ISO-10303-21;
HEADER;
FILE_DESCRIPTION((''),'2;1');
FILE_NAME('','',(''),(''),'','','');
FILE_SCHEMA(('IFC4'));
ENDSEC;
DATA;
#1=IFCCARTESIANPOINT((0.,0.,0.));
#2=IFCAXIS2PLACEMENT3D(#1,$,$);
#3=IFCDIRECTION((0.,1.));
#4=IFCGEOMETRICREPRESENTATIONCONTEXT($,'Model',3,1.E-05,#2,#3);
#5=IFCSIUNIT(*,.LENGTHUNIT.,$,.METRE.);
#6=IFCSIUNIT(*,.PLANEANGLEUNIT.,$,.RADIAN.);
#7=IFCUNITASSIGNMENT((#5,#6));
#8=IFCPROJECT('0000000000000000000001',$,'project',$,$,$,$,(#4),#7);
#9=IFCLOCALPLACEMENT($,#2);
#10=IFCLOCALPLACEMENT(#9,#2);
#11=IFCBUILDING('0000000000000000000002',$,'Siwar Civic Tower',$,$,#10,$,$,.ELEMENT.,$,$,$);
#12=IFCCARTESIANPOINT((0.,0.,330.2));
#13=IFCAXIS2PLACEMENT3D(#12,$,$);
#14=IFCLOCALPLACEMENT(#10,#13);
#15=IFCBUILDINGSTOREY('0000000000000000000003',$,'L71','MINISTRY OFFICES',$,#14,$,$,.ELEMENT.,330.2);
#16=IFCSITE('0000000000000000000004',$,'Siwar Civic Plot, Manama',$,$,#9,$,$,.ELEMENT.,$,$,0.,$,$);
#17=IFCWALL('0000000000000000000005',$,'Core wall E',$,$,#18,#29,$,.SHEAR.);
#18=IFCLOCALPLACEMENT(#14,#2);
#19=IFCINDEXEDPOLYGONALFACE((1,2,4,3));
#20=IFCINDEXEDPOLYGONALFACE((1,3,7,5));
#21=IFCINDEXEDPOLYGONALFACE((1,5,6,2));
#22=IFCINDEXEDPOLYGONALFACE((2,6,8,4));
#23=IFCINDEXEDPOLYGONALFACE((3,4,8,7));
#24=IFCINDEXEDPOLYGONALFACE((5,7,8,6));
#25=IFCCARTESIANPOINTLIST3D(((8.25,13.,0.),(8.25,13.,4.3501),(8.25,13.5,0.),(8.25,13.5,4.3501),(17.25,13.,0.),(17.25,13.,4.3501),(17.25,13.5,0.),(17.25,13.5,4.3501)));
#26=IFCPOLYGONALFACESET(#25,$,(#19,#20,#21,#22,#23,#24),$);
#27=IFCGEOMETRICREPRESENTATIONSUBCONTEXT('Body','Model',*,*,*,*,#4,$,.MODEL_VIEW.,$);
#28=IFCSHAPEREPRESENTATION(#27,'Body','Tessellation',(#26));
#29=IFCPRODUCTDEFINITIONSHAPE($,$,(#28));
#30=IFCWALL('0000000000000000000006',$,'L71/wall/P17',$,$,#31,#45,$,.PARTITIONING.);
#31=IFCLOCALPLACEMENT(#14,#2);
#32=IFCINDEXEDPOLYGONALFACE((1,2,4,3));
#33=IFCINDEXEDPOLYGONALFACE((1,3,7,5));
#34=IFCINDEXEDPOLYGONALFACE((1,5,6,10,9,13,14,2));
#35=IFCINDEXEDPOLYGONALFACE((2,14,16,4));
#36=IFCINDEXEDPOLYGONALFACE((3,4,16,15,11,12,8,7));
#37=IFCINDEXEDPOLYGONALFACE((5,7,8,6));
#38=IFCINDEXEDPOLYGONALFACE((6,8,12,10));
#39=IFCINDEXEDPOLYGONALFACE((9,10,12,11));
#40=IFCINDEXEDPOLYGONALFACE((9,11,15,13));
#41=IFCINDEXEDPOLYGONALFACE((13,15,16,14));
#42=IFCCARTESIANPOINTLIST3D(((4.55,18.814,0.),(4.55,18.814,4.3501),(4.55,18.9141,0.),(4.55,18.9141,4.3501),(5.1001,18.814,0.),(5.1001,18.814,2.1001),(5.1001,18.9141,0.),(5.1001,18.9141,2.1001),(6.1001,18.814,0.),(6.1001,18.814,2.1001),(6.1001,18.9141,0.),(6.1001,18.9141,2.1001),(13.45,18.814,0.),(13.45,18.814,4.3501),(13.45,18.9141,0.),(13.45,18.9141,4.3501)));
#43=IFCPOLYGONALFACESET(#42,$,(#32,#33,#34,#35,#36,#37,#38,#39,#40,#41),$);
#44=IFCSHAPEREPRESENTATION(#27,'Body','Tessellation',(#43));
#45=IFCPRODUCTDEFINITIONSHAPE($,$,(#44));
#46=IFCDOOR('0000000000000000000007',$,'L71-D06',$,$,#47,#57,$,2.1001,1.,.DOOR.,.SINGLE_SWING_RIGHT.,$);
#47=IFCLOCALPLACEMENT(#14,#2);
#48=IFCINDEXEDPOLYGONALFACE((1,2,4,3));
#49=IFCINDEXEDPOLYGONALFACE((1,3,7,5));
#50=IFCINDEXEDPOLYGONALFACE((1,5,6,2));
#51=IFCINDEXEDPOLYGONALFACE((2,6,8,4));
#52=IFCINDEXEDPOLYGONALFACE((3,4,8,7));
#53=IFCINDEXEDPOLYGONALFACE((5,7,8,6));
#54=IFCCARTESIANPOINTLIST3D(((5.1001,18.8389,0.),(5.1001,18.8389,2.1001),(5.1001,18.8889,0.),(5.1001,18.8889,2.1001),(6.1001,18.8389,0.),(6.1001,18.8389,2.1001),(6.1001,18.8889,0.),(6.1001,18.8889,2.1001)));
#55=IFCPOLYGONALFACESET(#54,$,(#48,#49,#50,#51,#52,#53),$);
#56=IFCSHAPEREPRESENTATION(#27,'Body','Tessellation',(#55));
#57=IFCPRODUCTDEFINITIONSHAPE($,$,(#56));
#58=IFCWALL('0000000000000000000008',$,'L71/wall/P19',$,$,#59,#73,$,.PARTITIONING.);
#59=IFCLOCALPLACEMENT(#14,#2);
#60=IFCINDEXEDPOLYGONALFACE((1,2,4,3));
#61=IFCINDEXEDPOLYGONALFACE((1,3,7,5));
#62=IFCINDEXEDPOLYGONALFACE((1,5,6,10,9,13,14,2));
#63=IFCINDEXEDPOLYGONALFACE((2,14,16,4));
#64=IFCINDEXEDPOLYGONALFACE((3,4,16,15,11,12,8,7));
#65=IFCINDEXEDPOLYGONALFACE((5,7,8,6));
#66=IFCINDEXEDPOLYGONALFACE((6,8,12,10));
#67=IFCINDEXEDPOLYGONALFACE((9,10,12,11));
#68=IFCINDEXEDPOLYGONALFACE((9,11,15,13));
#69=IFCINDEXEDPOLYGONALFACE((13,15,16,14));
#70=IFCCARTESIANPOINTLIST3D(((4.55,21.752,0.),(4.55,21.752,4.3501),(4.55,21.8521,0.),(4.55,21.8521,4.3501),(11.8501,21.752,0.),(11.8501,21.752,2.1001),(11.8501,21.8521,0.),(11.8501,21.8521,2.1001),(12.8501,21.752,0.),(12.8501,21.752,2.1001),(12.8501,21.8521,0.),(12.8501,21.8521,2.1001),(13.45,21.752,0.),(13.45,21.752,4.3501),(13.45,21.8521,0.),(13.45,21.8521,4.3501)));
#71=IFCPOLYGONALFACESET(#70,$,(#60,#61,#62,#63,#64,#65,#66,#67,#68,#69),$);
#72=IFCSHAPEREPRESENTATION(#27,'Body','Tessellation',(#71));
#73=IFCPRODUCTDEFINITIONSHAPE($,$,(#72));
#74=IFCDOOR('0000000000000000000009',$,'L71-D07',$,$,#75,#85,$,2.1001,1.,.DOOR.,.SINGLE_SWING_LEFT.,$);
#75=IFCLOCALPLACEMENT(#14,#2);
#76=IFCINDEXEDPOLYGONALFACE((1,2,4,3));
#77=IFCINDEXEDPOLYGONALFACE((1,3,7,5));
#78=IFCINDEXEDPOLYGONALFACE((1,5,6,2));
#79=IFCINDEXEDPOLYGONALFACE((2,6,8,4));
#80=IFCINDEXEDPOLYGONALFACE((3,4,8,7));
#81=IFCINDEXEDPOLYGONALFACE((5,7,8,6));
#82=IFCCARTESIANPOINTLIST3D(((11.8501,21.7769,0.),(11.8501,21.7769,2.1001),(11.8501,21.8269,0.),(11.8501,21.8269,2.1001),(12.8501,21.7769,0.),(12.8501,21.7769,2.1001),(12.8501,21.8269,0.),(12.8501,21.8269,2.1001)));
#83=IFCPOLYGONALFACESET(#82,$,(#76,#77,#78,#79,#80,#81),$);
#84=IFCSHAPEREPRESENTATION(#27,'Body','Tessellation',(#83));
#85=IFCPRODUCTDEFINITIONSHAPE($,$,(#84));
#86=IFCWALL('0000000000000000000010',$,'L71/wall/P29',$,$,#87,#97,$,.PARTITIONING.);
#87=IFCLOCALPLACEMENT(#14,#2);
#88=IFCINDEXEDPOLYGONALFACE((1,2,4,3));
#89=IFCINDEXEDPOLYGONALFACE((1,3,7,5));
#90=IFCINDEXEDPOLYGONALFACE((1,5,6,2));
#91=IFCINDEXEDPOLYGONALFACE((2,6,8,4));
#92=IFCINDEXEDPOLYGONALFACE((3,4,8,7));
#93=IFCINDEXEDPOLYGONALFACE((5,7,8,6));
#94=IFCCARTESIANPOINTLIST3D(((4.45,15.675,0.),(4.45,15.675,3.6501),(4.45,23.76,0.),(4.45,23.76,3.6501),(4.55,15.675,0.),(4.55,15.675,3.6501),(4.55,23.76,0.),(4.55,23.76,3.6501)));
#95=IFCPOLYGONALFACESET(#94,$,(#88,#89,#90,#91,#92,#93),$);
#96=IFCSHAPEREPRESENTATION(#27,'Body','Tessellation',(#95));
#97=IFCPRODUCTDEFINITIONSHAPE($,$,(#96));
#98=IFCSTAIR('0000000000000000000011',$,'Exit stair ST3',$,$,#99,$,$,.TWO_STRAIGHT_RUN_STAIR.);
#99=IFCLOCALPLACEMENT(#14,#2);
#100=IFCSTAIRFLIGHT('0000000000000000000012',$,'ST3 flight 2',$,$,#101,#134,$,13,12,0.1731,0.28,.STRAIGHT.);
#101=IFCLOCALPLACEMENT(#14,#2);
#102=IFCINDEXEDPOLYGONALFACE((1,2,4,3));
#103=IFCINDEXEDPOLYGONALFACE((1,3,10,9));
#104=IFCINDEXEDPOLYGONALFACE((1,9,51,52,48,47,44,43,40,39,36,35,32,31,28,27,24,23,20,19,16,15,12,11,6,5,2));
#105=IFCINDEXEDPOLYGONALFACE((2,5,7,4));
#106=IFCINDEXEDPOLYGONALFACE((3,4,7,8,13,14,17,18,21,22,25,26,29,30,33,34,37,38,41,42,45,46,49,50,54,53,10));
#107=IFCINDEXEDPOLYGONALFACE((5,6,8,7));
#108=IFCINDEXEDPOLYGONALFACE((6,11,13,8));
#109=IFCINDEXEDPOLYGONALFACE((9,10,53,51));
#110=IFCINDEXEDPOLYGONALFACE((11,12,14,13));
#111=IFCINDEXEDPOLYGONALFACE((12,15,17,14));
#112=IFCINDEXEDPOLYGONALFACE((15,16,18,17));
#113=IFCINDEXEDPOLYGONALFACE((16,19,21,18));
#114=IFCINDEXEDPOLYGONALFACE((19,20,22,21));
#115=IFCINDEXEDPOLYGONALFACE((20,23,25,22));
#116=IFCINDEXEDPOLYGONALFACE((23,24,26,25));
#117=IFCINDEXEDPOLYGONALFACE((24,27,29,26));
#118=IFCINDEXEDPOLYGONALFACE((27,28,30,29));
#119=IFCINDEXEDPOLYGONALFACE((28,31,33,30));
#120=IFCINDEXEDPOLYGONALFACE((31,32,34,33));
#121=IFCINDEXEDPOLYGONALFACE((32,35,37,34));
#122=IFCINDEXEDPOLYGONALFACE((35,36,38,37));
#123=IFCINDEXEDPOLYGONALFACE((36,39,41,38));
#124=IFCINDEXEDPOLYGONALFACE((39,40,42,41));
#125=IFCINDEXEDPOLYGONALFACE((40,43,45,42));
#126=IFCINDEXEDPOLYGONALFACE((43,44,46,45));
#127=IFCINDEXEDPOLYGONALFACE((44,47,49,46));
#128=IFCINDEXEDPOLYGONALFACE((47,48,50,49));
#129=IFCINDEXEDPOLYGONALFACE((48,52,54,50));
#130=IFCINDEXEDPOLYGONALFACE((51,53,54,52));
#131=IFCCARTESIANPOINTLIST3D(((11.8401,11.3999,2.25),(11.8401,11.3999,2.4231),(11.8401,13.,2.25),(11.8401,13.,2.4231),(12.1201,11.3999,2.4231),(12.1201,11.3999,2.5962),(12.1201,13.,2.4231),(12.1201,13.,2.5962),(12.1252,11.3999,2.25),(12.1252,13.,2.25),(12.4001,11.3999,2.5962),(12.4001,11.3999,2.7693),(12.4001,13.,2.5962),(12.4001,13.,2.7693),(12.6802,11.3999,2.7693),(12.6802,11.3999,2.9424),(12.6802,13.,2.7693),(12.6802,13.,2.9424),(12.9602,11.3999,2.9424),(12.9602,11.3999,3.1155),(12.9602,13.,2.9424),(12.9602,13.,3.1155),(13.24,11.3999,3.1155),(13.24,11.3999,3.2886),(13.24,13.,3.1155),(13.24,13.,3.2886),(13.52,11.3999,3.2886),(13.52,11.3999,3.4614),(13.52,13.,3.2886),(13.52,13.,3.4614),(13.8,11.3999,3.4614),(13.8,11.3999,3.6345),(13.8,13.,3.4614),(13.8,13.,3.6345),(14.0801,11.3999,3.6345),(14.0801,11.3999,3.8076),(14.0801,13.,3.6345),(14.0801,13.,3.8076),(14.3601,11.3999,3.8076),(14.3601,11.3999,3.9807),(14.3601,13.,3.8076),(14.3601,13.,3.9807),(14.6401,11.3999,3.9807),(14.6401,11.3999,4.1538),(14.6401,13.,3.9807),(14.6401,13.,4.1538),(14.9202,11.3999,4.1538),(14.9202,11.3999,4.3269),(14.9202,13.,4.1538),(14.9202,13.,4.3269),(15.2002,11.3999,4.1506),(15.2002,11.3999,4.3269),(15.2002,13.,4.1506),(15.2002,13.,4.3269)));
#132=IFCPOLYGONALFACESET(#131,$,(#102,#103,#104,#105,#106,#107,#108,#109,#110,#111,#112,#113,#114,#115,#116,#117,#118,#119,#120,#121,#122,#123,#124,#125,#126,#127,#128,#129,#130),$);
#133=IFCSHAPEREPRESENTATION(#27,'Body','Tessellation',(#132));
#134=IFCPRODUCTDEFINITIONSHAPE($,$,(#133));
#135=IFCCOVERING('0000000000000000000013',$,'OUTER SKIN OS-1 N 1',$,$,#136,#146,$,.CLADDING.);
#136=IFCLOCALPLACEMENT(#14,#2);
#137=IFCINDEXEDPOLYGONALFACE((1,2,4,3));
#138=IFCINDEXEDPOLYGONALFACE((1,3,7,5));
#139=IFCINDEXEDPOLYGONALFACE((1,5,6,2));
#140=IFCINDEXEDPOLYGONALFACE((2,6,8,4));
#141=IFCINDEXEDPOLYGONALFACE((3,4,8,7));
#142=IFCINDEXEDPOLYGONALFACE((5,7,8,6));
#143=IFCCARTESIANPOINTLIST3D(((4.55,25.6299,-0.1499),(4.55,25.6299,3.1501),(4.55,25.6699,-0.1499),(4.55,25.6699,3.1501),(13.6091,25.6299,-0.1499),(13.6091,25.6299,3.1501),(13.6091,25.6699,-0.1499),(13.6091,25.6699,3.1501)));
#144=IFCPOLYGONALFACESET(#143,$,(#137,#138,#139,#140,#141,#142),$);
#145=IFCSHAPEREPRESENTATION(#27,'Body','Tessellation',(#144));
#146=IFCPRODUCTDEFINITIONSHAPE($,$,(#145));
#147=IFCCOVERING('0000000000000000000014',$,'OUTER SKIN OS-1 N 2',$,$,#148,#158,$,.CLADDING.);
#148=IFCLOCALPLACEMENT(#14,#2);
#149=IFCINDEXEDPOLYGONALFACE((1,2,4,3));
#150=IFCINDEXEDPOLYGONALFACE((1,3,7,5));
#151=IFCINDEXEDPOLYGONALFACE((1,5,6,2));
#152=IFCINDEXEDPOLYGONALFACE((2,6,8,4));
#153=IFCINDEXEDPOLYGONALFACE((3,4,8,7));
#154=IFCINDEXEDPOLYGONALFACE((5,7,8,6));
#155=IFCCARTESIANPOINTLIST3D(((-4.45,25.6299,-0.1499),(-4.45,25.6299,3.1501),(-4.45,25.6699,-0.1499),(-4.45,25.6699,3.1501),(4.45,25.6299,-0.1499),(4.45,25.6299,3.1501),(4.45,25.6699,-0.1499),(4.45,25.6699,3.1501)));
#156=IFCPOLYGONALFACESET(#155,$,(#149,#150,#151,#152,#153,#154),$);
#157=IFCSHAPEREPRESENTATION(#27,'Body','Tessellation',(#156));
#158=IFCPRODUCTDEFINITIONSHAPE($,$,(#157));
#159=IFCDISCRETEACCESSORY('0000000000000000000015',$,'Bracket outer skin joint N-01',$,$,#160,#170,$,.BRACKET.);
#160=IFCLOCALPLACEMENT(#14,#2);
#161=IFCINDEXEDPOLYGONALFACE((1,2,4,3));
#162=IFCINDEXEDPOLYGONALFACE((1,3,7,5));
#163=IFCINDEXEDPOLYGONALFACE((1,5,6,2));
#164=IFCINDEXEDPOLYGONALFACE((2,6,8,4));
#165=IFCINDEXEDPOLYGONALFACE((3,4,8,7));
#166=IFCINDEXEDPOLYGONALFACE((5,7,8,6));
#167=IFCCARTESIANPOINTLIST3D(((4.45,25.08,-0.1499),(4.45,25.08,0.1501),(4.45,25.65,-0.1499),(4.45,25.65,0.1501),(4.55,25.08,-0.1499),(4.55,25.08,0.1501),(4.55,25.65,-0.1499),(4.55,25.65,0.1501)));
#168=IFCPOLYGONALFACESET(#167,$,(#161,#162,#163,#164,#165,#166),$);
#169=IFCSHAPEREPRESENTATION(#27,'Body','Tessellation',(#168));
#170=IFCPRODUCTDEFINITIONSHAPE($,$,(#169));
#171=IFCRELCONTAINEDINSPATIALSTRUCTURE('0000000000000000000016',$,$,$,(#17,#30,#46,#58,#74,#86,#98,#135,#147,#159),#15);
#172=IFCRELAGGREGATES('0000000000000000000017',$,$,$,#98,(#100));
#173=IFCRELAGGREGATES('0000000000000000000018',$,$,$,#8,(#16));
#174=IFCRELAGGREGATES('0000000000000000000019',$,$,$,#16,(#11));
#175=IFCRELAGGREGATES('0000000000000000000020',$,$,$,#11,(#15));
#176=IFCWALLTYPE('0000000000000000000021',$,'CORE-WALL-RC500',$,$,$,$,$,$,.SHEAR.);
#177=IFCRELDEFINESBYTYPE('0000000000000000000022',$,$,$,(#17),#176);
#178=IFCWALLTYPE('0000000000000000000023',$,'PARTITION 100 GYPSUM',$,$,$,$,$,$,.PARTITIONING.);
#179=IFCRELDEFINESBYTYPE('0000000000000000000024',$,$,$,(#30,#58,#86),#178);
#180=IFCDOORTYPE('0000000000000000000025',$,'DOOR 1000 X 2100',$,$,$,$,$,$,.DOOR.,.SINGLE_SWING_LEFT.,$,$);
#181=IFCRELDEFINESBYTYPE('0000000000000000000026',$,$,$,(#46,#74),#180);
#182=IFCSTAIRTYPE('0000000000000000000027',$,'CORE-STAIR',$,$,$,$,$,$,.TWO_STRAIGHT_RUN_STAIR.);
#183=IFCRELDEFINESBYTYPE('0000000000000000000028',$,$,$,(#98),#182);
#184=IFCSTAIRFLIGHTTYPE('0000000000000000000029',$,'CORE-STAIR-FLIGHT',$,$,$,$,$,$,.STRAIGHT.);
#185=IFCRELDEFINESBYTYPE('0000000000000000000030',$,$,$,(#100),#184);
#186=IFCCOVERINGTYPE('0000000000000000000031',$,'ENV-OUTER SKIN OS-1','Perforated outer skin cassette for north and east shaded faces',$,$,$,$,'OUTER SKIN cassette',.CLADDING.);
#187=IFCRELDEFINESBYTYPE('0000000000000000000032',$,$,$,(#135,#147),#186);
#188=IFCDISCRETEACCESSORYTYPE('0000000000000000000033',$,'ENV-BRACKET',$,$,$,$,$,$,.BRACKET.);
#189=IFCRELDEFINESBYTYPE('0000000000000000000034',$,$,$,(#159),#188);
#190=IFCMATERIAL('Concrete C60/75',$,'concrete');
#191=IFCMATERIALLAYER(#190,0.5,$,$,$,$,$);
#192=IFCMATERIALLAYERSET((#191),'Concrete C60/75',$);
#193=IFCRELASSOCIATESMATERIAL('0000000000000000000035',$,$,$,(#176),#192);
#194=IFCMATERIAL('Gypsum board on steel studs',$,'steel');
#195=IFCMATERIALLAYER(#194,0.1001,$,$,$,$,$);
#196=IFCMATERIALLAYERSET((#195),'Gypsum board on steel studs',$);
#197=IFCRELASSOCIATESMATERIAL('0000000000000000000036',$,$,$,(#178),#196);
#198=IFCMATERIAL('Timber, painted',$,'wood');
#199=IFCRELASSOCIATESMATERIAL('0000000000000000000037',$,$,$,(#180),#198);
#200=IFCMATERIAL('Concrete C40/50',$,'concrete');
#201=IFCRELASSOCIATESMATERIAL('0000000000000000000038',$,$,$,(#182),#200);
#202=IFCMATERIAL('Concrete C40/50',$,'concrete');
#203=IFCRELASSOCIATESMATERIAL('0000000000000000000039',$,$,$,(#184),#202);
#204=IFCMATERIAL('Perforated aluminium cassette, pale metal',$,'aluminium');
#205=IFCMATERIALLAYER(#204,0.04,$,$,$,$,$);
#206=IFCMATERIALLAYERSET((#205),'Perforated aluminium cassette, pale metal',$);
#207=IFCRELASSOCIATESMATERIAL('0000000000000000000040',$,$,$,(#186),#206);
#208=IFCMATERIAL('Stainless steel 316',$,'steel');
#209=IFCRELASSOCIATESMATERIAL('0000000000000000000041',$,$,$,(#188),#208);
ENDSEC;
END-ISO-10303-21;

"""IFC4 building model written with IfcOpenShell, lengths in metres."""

from ifc_helpers import new_model, si_unit, direction, frame, frame_2d, origin, origin_2d, place, context, subcontext, project, spatial, polyline, rectangle, outline, extrude, material, layer, layer_set, type_object, element, fill, aggregate, save


model = new_model("IFC4")

# Units and contexts
model_context = context("Model", 3, precision=1e-05, world=origin(), true_north=direction((0.0, 1.0)))
body_context = subcontext(model_context, "Body", "Model", "MODEL_VIEW")
ifc_project = project(units=[si_unit("LENGTHUNIT", "METRE"), si_unit("PLANEANGLEUNIT", "RADIAN")], contexts=[model_context])

# Site, building, storey
site_placement = place(None, origin())
site = spatial("IfcSite", under=ifc_project, at=site_placement, Name="Siwar Civic Plot, Manama", CompositionType="ELEMENT", RefElevation=0.0)
building_placement = place(site_placement, origin())
building = spatial("IfcBuilding", under=site, at=building_placement, Name="Siwar Civic Tower", CompositionType="ELEMENT")
storey_placement = place(building_placement, frame((0.0, 0.0, 330.2)))
storey = spatial("IfcBuildingStorey", under=building, at=storey_placement, Name="L71", Description="MINISTRY OFFICES", CompositionType="ELEMENT", Elevation=330.2)

# Wall
ifc_material_1 = material(Name="Concrete C60/75", Category="concrete")
ifc_layer_1 = layer(ifc_material_1, 0.5)
ifc_layer_set_1 = layer_set([ifc_layer_1], Name="Concrete C60/75")
wall_type_1 = type_object("IfcWallType", Name="CORE-WALL-RC500", PredefinedType="SHEAR", material=ifc_layer_set_1)
wall_1_placement = place(storey_placement, frame((8.25, 13.25, 0.0), z_axis=(0.0, 0.0, 1.0), x_axis=(1.0, 0.0, 0.0)))
element("IfcWall", 1, at=wall_1_placement, inside=storey, type_object=wall_type_1, Name="Core wall E", PredefinedType="SHEAR", context=body_context, shape_type="SweptSolid", body=[
    extrude(rectangle(XDim=9.0, YDim=0.5, at=frame_2d((4.5, 0.0))), origin(), (0.0, 0.0, 1.0), 4.3501),
])

# Walls, openings, doors
ifc_material_2 = material(Name="Gypsum board on steel studs", Category="steel")
ifc_layer_2 = layer(ifc_material_2, 0.1001)
ifc_layer_set_2 = layer_set([ifc_layer_2], Name="Gypsum board on steel studs")
wall_type_2 = type_object("IfcWallType", Name="PARTITION 100 GYPSUM", PredefinedType="PARTITIONING", material=ifc_layer_set_2)
wall_2_placement = place(storey_placement, frame((4.55, 18.864, 0.0), z_axis=(0.0, 0.0, 1.0), x_axis=(1.0, 0.0, 0.0)))
wall_2 = element("IfcWall", 2, at=wall_2_placement, inside=storey, type_object=wall_type_2, Name="L71/wall/P17", PredefinedType="PARTITIONING", context=body_context, shape_type="SweptSolid", body=[
    extrude(rectangle(XDim=8.8999, YDim=0.1001, at=frame_2d((4.45, 0.0))), origin(), (0.0, 0.0, 1.0), 4.3501),
])
opening_1_placement = place(wall_2_placement, frame((0.55, 0.0, 0.0)))
opening_1 = element("IfcOpeningElement", 3, at=opening_1_placement, cuts=wall_2, PredefinedType="OPENING", context=body_context, shape_type="SweptSolid", body=[
    extrude(rectangle(XDim=1.0, YDim=2.1001, at=frame_2d((0.5, 1.05))), frame((0.0, 0.0601, 0.0), z_axis=(0.0, -1.0, 0.0), x_axis=(1.0, 0.0, 0.0)), (0.0, 0.0, 1.0), 0.1201),
])
ifc_material_3 = material(Name="Timber, painted", Category="wood")
door_type_1 = type_object("IfcDoorType", Name="DOOR 1000 X 2100", OperationType="SINGLE_SWING_LEFT", PredefinedType="DOOR", material=ifc_material_3)
door_1_placement = place(opening_1_placement, origin())
door_1 = element("IfcDoor", 4, at=door_1_placement, inside=storey, type_object=door_type_1, Name="L71-D06", OperationType="SINGLE_SWING_RIGHT", OverallHeight=2.1001, OverallWidth=1.0, PredefinedType="DOOR", context=body_context, shape_type="SweptSolid", body=[
    extrude(rectangle(XDim=1.0, YDim=2.1001, at=frame_2d((0.5, 1.05))), frame((0.0, 0.0249, 0.0), z_axis=(0.0, -1.0, 0.0), x_axis=(1.0, 0.0, 0.0)), (0.0, 0.0, 1.0), 0.05),
])
fill(opening_1, door_1)
wall_3_placement = place(storey_placement, frame((4.55, 21.802, 0.0), z_axis=(0.0, 0.0, 1.0), x_axis=(1.0, 0.0, 0.0)))
wall_3 = element("IfcWall", 5, at=wall_3_placement, inside=storey, type_object=wall_type_2, Name="L71/wall/P19", PredefinedType="PARTITIONING", context=body_context, shape_type="SweptSolid", body=[
    extrude(rectangle(XDim=8.8999, YDim=0.1001, at=frame_2d((4.45, 0.0))), origin(), (0.0, 0.0, 1.0), 4.3501),
])
opening_2_placement = place(wall_3_placement, frame((7.3, 0.0, 0.0)))
opening_2 = element("IfcOpeningElement", 6, at=opening_2_placement, cuts=wall_3, PredefinedType="OPENING", context=body_context, shape_type="SweptSolid", body=[
    extrude(rectangle(XDim=1.0, YDim=2.1001, at=frame_2d((0.5, 1.05))), frame((0.0, 0.0601, 0.0), z_axis=(0.0, -1.0, 0.0), x_axis=(1.0, 0.0, 0.0)), (0.0, 0.0, 1.0), 0.1201),
])
door_2_placement = place(opening_2_placement, origin())
door_2 = element("IfcDoor", 7, at=door_2_placement, inside=storey, type_object=door_type_1, Name="L71-D07", OperationType="SINGLE_SWING_LEFT", OverallHeight=2.1001, OverallWidth=1.0, PredefinedType="DOOR", context=body_context, shape_type="SweptSolid", body=[
    extrude(rectangle(XDim=1.0, YDim=2.1001, at=frame_2d((0.5, 1.05))), frame((0.0, 0.0249, 0.0), z_axis=(0.0, -1.0, 0.0), x_axis=(1.0, 0.0, 0.0)), (0.0, 0.0, 1.0), 0.05),
])
fill(opening_2, door_2)

# Wall
wall_4_placement = place(storey_placement, frame((4.5, 15.675, 0.0), z_axis=(0.0, 0.0, 1.0), x_axis=(0.0, 1.0, 0.0)))
element("IfcWall", 8, at=wall_4_placement, inside=storey, type_object=wall_type_2, Name="L71/wall/P29", PredefinedType="PARTITIONING", context=body_context, shape_type="SweptSolid", body=[
    extrude(rectangle(XDim=8.085, YDim=0.1001, at=frame_2d((4.0425, 0.0))), origin(), (0.0, 0.0, 1.0), 3.6501),
])

# Stair, stair flight
ifc_material_4 = material(Name="Concrete C40/50", Category="concrete")
stair_type = type_object("IfcStairType", Name="CORE-STAIR", PredefinedType="TWO_STRAIGHT_RUN_STAIR", material=ifc_material_4)
stair_placement = place(storey_placement, origin())
stair = element("IfcStair", 9, at=stair_placement, inside=storey, type_object=stair_type, Name="Exit stair ST3", PredefinedType="TWO_STRAIGHT_RUN_STAIR")
ifc_material_5 = material(Name="Concrete C40/50", Category="concrete")
stair_flight_type = type_object("IfcStairFlightType", Name="CORE-STAIR-FLIGHT", PredefinedType="STRAIGHT", material=ifc_material_5)
stair_flight_placement = place(storey_placement, frame((11.8401, 12.2, 2.25), z_axis=(0.0, 0.0, 1.0), x_axis=(1.0, 0.0, 0.0)))
stair_flight = element("IfcStairFlight", 10, at=stair_flight_placement, type_object=stair_flight_type, Name="ST3 flight 2", NumberOfRisers=13, NumberOfTreads=12, PredefinedType="STRAIGHT", RiserHeight=0.1731, TreadLength=0.28, context=body_context, shape_type="SweptSolid", body=[
    extrude(outline(polyline([(0.0, 0.0), (0.0, 0.1731), (0.28, 0.1731), (0.28, 0.3462), (0.5601, 0.3462), (0.5601, 0.5193), (0.8401, 0.5193), (0.8401, 0.6924), (1.1201, 0.6924), (1.1201, 0.8655), (1.3999, 0.8655), (1.3999, 1.0386), (1.6799, 1.0386), (1.6799, 1.2114), (1.96, 1.2114), (1.96, 1.3845), (2.24, 1.3845), (2.24, 1.5576), (2.52, 1.5576), (2.52, 1.7307), (2.8, 1.7307), (2.8, 1.9038), (3.0801, 1.9038), (3.0801, 2.0769), (3.3601, 2.0769), (3.3601, 2.25), (3.3601, 1.9006), (0.2852, 0.0), (0.0, 0.0)])), frame((0.0, 0.8, 0.0), z_axis=(0.0, -1.0, 0.0), x_axis=(1.0, 0.0, 0.0)), (0.0, 0.0, 1.0), 1.6001),
])
aggregate(stair, [stair_flight])

# Coverings
ifc_material_6 = material(Name="Perforated aluminium cassette, pale metal", Category="aluminium")
ifc_layer_3 = layer(ifc_material_6, 0.04)
ifc_layer_set_3 = layer_set([ifc_layer_3], Name="Perforated aluminium cassette, pale metal")
covering_type = type_object("IfcCoveringType", Name="ENV-OUTER SKIN OS-1", Description="Perforated outer skin cassette for north and east shaded faces", ElementType="OUTER SKIN cassette", PredefinedType="CLADDING", material=ifc_layer_set_3)
covering_1_placement = place(storey_placement, frame((9.0796, 25.6499, -0.1499), z_axis=(0.0, 0.0, 1.0), x_axis=(-1.0, 0.0, 0.0)))
element("IfcCovering", 11, at=covering_1_placement, inside=storey, type_object=covering_type, Name="OUTER SKIN OS-1 N 1", PredefinedType="CLADDING", context=body_context, shape_type="SweptSolid", body=[
    extrude(rectangle(XDim=9.0591, YDim=0.04, at=origin_2d()), origin(), (0.0, 0.0, 1.0), 3.3),
])
covering_2_placement = place(storey_placement, frame((0.0, 25.6499, -0.1499), z_axis=(0.0, 0.0, 1.0), x_axis=(-1.0, 0.0, 0.0)))
element("IfcCovering", 12, at=covering_2_placement, inside=storey, type_object=covering_type, Name="OUTER SKIN OS-1 N 2", PredefinedType="CLADDING", context=body_context, shape_type="SweptSolid", body=[
    extrude(rectangle(XDim=8.8999, YDim=0.04, at=origin_2d()), origin(), (0.0, 0.0, 1.0), 3.3),
])

# Discrete accessory
ifc_material_7 = material(Name="Stainless steel 316", Category="steel")
discrete_accessory_type = type_object("IfcDiscreteAccessoryType", Name="ENV-BRACKET", PredefinedType="BRACKET", material=ifc_material_7)
discrete_accessory_placement = place(storey_placement, frame((4.5, 25.365, -0.1499), z_axis=(0.0, 0.0, 1.0), x_axis=(0.0, 1.0, 0.0)))
element("IfcDiscreteAccessory", 13, at=discrete_accessory_placement, inside=storey, type_object=discrete_accessory_type, Name="Bracket outer skin joint N-01", PredefinedType="BRACKET", context=body_context, shape_type="SweptSolid", body=[
    extrude(rectangle(XDim=0.5701, YDim=0.1001, at=origin_2d()), origin(), (0.0, 0.0, 1.0), 0.3),
])

save(model, "model.ifc")
